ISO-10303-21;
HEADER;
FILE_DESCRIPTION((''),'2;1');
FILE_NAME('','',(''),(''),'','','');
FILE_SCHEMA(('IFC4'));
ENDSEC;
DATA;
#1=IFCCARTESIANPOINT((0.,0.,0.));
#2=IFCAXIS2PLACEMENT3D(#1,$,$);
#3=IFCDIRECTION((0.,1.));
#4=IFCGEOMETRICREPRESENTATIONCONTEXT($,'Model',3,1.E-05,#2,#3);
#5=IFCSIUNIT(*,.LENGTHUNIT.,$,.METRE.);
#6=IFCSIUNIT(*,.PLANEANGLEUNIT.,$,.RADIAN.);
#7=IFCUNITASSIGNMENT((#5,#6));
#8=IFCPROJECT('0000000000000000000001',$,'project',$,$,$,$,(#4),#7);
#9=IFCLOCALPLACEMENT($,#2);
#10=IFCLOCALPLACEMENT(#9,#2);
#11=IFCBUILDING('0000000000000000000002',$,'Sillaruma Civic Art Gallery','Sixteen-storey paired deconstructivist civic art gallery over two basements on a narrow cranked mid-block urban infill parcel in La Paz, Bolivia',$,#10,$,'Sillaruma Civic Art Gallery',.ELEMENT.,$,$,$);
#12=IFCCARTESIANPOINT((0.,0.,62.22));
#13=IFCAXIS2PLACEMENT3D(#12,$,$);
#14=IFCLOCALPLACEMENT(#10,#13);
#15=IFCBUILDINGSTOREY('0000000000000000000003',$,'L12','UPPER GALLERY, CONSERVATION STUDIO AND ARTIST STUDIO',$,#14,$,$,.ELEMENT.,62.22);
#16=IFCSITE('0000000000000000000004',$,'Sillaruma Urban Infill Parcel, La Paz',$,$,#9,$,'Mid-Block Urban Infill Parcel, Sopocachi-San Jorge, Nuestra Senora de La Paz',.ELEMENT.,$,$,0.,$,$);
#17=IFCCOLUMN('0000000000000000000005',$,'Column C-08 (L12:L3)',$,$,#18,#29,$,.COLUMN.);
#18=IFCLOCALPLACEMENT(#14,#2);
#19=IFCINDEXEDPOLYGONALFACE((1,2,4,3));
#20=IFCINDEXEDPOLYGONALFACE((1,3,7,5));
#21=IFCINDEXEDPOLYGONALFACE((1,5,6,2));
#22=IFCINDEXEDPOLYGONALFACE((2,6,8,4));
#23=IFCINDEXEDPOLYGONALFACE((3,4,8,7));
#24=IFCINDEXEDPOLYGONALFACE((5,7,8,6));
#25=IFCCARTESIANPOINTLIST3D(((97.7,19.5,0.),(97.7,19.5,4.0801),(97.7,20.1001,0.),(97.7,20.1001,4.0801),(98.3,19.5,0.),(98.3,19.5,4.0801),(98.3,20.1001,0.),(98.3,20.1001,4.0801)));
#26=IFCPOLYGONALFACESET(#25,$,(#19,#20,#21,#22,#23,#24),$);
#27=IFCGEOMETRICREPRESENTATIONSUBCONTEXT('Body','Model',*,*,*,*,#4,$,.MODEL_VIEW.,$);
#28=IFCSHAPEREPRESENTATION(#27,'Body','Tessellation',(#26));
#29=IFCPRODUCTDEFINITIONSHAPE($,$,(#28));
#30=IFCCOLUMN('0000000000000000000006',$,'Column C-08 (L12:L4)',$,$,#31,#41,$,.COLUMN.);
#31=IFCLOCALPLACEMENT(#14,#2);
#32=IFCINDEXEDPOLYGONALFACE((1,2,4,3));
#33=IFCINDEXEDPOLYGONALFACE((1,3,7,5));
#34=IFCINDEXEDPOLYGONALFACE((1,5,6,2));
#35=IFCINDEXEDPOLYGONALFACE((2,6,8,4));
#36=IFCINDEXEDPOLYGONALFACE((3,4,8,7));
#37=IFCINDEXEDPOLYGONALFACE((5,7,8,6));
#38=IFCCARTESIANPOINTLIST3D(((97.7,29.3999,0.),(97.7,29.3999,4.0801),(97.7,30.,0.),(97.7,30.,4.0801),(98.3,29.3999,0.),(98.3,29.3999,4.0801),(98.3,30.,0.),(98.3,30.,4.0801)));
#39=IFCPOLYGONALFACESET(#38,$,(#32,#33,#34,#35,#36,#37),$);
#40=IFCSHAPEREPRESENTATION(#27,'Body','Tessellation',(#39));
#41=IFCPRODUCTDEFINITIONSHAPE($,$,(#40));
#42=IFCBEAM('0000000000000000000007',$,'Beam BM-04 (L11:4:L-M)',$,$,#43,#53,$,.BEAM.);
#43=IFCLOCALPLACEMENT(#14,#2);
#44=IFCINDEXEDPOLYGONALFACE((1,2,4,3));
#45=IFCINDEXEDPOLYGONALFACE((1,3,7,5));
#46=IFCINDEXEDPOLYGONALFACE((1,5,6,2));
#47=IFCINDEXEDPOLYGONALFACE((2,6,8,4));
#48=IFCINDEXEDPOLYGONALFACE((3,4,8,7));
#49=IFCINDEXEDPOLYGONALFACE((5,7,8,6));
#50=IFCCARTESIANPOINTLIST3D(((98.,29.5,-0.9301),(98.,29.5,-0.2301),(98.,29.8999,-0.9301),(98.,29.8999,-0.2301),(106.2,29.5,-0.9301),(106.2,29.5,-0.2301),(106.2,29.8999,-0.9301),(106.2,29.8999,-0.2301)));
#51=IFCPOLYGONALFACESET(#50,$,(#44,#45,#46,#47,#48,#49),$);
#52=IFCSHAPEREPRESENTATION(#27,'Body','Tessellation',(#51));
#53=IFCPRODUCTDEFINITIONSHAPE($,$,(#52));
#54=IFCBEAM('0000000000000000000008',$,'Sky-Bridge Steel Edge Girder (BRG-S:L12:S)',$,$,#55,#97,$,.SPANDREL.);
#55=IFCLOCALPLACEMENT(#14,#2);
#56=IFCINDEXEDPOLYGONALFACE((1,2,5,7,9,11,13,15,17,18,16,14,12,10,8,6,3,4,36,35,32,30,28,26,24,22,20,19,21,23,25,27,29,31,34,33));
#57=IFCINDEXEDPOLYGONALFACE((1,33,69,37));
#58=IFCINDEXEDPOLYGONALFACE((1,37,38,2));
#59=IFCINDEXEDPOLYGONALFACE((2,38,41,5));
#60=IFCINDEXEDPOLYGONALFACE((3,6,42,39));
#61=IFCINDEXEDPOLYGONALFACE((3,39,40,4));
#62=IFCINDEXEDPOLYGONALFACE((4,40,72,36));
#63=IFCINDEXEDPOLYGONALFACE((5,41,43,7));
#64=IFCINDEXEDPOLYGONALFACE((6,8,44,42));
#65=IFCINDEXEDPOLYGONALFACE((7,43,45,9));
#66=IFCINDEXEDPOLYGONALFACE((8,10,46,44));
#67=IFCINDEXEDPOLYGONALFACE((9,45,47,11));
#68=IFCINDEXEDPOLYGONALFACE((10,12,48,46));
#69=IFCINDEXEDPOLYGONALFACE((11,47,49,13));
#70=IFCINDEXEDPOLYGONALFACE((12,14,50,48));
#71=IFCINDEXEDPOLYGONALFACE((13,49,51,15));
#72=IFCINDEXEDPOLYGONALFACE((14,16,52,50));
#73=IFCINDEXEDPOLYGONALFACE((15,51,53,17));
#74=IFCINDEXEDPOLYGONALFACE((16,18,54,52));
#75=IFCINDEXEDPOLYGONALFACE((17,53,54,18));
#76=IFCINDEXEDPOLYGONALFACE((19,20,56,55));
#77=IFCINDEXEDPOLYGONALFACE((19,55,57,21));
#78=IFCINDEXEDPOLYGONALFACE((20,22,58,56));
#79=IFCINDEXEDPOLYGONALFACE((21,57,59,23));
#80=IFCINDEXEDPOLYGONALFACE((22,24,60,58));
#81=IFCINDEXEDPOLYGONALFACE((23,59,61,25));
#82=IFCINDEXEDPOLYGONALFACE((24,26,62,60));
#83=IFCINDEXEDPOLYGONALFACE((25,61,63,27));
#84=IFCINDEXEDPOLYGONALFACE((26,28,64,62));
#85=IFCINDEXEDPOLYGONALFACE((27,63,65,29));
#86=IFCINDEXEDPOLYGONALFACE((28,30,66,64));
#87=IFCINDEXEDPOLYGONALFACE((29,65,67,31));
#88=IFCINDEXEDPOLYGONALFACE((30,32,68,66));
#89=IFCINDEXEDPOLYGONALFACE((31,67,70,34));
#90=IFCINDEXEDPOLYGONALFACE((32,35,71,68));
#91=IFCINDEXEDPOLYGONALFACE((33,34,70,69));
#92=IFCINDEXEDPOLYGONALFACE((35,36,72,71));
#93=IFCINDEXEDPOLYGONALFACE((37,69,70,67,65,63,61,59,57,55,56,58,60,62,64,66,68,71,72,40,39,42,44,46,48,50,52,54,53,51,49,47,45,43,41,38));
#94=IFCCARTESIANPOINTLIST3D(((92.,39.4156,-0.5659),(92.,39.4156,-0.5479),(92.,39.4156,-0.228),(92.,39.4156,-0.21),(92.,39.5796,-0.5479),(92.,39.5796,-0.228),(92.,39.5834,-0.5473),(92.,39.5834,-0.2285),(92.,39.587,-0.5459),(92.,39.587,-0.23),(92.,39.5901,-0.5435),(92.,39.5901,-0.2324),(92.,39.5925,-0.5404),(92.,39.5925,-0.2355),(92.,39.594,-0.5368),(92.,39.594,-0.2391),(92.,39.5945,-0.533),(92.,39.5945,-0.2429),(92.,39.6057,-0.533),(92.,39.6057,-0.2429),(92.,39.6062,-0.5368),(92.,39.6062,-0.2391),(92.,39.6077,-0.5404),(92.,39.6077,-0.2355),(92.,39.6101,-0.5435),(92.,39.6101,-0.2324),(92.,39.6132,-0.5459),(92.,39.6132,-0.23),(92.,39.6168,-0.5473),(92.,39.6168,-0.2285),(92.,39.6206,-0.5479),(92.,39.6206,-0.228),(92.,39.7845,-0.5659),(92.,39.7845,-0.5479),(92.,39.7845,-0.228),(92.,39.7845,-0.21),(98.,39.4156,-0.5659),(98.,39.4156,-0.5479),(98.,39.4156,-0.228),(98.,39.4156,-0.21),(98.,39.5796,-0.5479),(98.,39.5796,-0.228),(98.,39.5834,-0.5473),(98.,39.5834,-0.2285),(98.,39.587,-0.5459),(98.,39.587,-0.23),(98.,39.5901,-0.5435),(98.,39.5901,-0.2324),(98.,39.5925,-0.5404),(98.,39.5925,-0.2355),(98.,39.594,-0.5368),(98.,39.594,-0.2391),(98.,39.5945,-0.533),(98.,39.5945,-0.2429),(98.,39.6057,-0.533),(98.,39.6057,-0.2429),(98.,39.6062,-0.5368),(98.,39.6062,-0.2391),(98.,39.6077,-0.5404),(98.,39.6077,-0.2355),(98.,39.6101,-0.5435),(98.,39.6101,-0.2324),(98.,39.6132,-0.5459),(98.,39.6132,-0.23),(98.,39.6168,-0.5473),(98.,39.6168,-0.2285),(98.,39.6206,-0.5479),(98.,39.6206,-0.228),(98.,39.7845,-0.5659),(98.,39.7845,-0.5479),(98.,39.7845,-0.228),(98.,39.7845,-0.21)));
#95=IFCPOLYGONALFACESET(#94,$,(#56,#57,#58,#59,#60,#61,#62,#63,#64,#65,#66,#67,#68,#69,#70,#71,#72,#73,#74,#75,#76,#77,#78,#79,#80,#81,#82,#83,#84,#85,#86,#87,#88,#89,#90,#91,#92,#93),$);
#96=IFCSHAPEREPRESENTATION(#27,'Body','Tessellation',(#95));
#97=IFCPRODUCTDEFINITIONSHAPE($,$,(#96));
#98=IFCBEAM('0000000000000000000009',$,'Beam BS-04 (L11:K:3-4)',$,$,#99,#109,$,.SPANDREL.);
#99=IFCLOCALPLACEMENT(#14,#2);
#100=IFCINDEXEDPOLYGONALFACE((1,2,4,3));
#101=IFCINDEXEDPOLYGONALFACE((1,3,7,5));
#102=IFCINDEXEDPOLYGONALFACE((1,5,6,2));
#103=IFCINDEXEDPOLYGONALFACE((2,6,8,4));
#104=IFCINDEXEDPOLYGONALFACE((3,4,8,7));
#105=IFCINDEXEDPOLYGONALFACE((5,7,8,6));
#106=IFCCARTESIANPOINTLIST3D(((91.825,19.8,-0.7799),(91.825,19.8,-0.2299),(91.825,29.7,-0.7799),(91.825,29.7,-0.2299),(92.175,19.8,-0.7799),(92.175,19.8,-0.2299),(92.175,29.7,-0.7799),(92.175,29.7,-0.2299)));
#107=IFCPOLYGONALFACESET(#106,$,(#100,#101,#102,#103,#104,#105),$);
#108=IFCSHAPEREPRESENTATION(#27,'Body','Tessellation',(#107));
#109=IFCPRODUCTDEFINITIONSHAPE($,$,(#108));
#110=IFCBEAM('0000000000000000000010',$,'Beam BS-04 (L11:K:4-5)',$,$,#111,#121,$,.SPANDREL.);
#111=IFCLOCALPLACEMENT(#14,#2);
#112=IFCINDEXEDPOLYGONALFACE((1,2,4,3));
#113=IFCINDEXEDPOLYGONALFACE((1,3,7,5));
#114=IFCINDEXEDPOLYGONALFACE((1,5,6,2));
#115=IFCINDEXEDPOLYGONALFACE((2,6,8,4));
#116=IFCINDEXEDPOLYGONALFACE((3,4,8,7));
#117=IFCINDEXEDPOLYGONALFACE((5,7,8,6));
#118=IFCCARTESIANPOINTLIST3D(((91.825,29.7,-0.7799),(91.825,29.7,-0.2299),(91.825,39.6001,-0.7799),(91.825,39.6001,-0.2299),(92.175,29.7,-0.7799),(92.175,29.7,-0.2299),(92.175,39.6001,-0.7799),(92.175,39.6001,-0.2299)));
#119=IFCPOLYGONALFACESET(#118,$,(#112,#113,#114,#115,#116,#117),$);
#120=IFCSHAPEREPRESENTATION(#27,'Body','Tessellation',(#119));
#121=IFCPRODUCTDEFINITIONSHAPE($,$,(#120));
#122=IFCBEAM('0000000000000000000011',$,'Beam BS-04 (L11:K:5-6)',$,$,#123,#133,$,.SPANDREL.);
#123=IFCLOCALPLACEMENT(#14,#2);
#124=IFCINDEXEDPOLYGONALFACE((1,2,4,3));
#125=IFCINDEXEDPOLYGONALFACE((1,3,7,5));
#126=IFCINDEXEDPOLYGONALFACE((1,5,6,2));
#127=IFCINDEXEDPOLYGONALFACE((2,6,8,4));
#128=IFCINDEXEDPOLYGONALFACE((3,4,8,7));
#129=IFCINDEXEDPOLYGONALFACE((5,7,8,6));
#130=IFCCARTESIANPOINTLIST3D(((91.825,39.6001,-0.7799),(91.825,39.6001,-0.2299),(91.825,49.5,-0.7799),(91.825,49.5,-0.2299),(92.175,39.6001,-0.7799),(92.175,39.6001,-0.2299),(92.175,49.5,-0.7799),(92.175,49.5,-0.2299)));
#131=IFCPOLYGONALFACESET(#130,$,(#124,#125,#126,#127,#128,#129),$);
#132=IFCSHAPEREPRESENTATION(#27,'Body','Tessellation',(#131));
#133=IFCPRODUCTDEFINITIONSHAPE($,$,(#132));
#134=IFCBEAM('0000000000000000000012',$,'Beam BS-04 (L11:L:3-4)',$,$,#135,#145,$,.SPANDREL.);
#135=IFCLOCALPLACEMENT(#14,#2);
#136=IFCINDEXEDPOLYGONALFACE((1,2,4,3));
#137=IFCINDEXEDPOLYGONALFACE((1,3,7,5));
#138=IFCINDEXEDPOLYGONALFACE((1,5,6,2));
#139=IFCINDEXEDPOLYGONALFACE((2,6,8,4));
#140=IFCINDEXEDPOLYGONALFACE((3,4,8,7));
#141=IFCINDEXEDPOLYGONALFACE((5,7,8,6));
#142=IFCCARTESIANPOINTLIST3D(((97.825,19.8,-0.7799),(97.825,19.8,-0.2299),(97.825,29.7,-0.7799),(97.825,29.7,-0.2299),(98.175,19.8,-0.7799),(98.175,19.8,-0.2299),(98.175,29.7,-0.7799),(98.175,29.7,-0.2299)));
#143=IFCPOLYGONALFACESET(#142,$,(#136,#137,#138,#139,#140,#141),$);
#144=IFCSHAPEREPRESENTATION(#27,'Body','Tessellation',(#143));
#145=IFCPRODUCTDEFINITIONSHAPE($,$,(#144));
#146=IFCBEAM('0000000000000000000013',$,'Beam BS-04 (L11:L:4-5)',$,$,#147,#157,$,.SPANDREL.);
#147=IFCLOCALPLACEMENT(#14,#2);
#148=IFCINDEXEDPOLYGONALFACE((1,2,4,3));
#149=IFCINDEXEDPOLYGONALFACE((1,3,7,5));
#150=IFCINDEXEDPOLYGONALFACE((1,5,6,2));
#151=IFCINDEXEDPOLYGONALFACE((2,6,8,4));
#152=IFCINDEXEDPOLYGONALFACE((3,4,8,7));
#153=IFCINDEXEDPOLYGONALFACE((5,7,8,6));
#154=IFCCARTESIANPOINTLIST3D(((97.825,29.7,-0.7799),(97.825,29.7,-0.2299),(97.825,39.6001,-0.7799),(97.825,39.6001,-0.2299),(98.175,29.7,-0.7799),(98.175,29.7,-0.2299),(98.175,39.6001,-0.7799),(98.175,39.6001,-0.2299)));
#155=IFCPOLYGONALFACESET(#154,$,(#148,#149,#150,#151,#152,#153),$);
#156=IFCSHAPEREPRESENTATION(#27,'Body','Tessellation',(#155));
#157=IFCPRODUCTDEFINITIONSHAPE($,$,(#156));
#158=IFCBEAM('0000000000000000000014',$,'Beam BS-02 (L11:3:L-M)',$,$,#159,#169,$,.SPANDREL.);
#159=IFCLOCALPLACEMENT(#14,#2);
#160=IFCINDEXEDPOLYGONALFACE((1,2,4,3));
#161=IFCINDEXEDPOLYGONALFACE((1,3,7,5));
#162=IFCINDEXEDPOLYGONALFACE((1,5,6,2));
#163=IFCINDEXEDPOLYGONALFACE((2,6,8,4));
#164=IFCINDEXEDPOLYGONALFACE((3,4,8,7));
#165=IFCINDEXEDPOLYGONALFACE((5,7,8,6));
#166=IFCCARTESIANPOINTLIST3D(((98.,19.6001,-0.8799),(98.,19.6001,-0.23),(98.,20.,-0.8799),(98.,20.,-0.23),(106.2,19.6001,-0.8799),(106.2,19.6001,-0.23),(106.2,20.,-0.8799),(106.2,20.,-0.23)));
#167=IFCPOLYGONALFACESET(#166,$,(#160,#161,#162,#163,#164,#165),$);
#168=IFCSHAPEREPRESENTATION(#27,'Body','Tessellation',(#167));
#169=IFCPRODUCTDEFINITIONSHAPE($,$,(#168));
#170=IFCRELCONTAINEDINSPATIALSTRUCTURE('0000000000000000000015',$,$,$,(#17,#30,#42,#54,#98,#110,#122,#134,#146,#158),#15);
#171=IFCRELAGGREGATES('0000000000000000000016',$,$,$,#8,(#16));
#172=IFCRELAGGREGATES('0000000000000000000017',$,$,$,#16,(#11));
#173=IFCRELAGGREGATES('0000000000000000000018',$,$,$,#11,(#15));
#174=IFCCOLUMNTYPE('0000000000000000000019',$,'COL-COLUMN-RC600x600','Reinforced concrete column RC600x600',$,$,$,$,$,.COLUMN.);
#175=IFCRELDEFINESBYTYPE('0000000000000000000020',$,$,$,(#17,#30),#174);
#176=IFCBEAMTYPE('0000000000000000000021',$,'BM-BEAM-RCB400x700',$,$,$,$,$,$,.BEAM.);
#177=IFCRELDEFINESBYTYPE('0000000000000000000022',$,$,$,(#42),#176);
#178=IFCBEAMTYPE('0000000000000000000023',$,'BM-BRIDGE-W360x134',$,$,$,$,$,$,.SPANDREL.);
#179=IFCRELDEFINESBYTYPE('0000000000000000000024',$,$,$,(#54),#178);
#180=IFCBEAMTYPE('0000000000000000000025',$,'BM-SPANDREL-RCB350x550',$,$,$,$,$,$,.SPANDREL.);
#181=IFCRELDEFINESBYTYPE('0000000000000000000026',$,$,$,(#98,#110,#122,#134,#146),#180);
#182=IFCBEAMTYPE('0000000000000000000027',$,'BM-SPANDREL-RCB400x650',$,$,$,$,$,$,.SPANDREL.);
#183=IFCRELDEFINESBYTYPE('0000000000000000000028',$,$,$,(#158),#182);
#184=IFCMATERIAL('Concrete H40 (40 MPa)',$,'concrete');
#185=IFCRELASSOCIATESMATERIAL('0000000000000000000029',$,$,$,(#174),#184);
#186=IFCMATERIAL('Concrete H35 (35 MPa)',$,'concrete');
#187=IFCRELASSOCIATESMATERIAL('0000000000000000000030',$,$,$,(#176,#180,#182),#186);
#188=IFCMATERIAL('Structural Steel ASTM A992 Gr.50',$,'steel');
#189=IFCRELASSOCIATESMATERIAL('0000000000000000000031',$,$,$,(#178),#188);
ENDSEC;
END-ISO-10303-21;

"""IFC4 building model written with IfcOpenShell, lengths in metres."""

from ifc_helpers import new_model, si_unit, direction, frame, origin, origin_2d, place, context, subcontext, project, spatial, rectangle, i_section, extrude, material, material_profile, profile_set, type_object, element, save


model = new_model("IFC4")

# Units and contexts
model_context = context("Model", 3, precision=1e-05, world=origin(), true_north=direction((0.0, 1.0)))
body_context = subcontext(model_context, "Body", "Model", "MODEL_VIEW")
ifc_project = project(units=[si_unit("LENGTHUNIT", "METRE"), si_unit("PLANEANGLEUNIT", "RADIAN")], contexts=[model_context])

# Site, building, storey
site_placement = place(None, origin())
site = spatial("IfcSite", under=ifc_project, at=site_placement, Name="Sillaruma Urban Infill Parcel, La Paz", LongName="Mid-Block Urban Infill Parcel, Sopocachi-San Jorge, Nuestra Senora de La Paz", CompositionType="ELEMENT", RefElevation=0.0)
building_placement = place(site_placement, origin())
building = spatial("IfcBuilding", under=site, at=building_placement, Name="Sillaruma Civic Art Gallery", Description="Sixteen-storey paired deconstructivist civic art gallery over two basements on a narrow cranked mid-block urban infill parcel in La Paz, Bolivia", LongName="Sillaruma Civic Art Gallery", CompositionType="ELEMENT")
storey_placement = place(building_placement, frame((0.0, 0.0, 62.22)))
storey = spatial("IfcBuildingStorey", under=building, at=storey_placement, Name="L12", Description="UPPER GALLERY, CONSERVATION STUDIO AND ARTIST STUDIO", CompositionType="ELEMENT", Elevation=62.22)

# Columns
ifc_material_1 = material(Name="Concrete H40 (40 MPa)", Category="concrete")
ifc_material_profile_1 = material_profile(ifc_material_1, rectangle(XDim=0.6001, YDim=0.6001, at=origin_2d()), Name="RC600x600")
ifc_profile_set_1 = profile_set([ifc_material_profile_1], Name="Concrete H40 (40 MPa)")
column_type = type_object("IfcColumnType", Name="COL-COLUMN-RC600x600", Description="Reinforced concrete column RC600x600", PredefinedType="COLUMN", material=ifc_profile_set_1)
for number, where, z_axis, x_axis, name in (
    (1, (98.0, 19.8, 0.0), (0.0, 0.0, 1.0), (1.0, 0.0, 0.0), "Column C-08 (L12:L3)"),
    (2, (98.0, 29.7, 0.0), (0.0, 0.0, 1.0), (1.0, 0.0, 0.0), "Column C-08 (L12:L4)"),
):
    element("IfcColumn", number, at=place(storey_placement, frame(where, z_axis=z_axis, x_axis=x_axis)), inside=storey, type_object=column_type, Name=name, PredefinedType="COLUMN", context=body_context, shape_type="SweptSolid", body=[
        extrude(rectangle(XDim=0.6001, YDim=0.6001, at=origin_2d()), origin(), (0.0, 0.0, 1.0), 4.0801),
    ])

# Beams
ifc_material_2 = material(Name="Concrete H35 (35 MPa)", Category="concrete")
ifc_material_profile_2 = material_profile(ifc_material_2, rectangle(XDim=0.3999, YDim=0.7, at=origin_2d()), Name="RCB400x700")
ifc_profile_set_2 = profile_set([ifc_material_profile_2], Name="Concrete H35 (35 MPa)")
beam_type_1 = type_object("IfcBeamType", Name="BM-BEAM-RCB400x700", PredefinedType="BEAM", material=ifc_profile_set_2)
beam_1_placement = place(storey_placement, frame((98.0, 29.7, -0.5801), z_axis=(1.0, 0.0, 0.0), x_axis=(0.0, 1.0, 0.0)))
element("IfcBeam", 3, at=beam_1_placement, inside=storey, type_object=beam_type_1, Name="Beam BM-04 (L11:4:L-M)", PredefinedType="BEAM", context=body_context, shape_type="SweptSolid", body=[
    extrude(rectangle(XDim=0.3999, YDim=0.7, at=origin_2d()), origin(), (0.0, 0.0, 1.0), 8.2),
])
ifc_material_3 = material(Name="Structural Steel ASTM A992 Gr.50", Category="steel")
ifc_material_profile_3 = material_profile(ifc_material_3, i_section(OverallWidth=0.3689, OverallDepth=0.356, WebThickness=0.0112, FlangeThickness=0.0181, FilletRadius=0.0149, at=origin_2d()), Name="W360x134")
ifc_profile_set_3 = profile_set([ifc_material_profile_3], Name="Structural Steel ASTM A992 Gr.50")
beam_type_2 = type_object("IfcBeamType", Name="BM-BRIDGE-W360x134", PredefinedType="SPANDREL", material=ifc_profile_set_3)
beam_2_placement = place(storey_placement, frame((92.0, 39.6001, -0.3879), z_axis=(1.0, 0.0, 0.0), x_axis=(0.0, 1.0, 0.0)))
element("IfcBeam", 4, at=beam_2_placement, inside=storey, type_object=beam_type_2, Name="Sky-Bridge Steel Edge Girder (BRG-S:L12:S)", PredefinedType="SPANDREL", context=body_context, shape_type="SweptSolid", body=[
    extrude(i_section(OverallWidth=0.3689, OverallDepth=0.356, WebThickness=0.0112, FlangeThickness=0.0181, FilletRadius=0.0149, at=origin_2d()), origin(), (0.0, 0.0, 1.0), 6.0),
])
ifc_material_profile_4 = material_profile(ifc_material_2, rectangle(XDim=0.3501, YDim=0.55, at=origin_2d()), Name="RCB350x550")
ifc_profile_set_4 = profile_set([ifc_material_profile_4], Name="Concrete H35 (35 MPa)")
beam_type_3 = type_object("IfcBeamType", Name="BM-SPANDREL-RCB350x550", PredefinedType="SPANDREL", material=ifc_profile_set_4)
beam_3_placement = place(storey_placement, frame((92.0, 19.8, -0.5049), z_axis=(0.0, 1.0, 0.0), x_axis=(-1.0, 0.0, 0.0)))
element("IfcBeam", 5, at=beam_3_placement, inside=storey, type_object=beam_type_3, Name="Beam BS-04 (L11:K:3-4)", PredefinedType="SPANDREL", context=body_context, shape_type="SweptSolid", body=[
    extrude(rectangle(XDim=0.3501, YDim=0.55, at=origin_2d()), origin(), (0.0, 0.0, 1.0), 9.8999),
])
beam_4_placement = place(storey_placement, frame((92.0, 29.7, -0.5049), z_axis=(0.0, 1.0, 0.0), x_axis=(-1.0, 0.0, 0.0)))
element("IfcBeam", 6, at=beam_4_placement, inside=storey, type_object=beam_type_3, Name="Beam BS-04 (L11:K:4-5)", PredefinedType="SPANDREL", context=body_context, shape_type="SweptSolid", body=[
    extrude(rectangle(XDim=0.3501, YDim=0.55, at=origin_2d()), origin(), (0.0, 0.0, 1.0), 9.9001),
])
for number, where, z_axis, x_axis, name in (
    (7, (92.0, 39.6001, -0.5049), (0.0, 1.0, 0.0), (-1.0, 0.0, 0.0), "Beam BS-04 (L11:K:5-6)"),
    (8, (98.0, 19.8, -0.5049), (0.0, 1.0, 0.0), (-1.0, 0.0, 0.0), "Beam BS-04 (L11:L:3-4)"),
):
    element("IfcBeam", number, at=place(storey_placement, frame(where, z_axis=z_axis, x_axis=x_axis)), inside=storey, type_object=beam_type_3, Name=name, PredefinedType="SPANDREL", context=body_context, shape_type="SweptSolid", body=[
        extrude(rectangle(XDim=0.3501, YDim=0.55, at=origin_2d()), origin(), (0.0, 0.0, 1.0), 9.8999),
    ])
beam_5_placement = place(storey_placement, frame((98.0, 29.7, -0.5049), z_axis=(0.0, 1.0, 0.0), x_axis=(-1.0, 0.0, 0.0)))
element("IfcBeam", 9, at=beam_5_placement, inside=storey, type_object=beam_type_3, Name="Beam BS-04 (L11:L:4-5)", PredefinedType="SPANDREL", context=body_context, shape_type="SweptSolid", body=[
    extrude(rectangle(XDim=0.3501, YDim=0.55, at=origin_2d()), origin(), (0.0, 0.0, 1.0), 9.9001),
])
ifc_material_profile_5 = material_profile(ifc_material_2, rectangle(XDim=0.3999, YDim=0.6499, at=origin_2d()), Name="RCB400x650")
ifc_profile_set_5 = profile_set([ifc_material_profile_5], Name="Concrete H35 (35 MPa)")
beam_type_4 = type_object("IfcBeamType", Name="BM-SPANDREL-RCB400x650", PredefinedType="SPANDREL", material=ifc_profile_set_5)
beam_6_placement = place(storey_placement, frame((98.0, 19.8, -0.5549), z_axis=(1.0, 0.0, 0.0), x_axis=(0.0, 1.0, 0.0)))
element("IfcBeam", 10, at=beam_6_placement, inside=storey, type_object=beam_type_4, Name="Beam BS-02 (L11:3:L-M)", PredefinedType="SPANDREL", context=body_context, shape_type="SweptSolid", body=[
    extrude(rectangle(XDim=0.3999, YDim=0.6499, at=origin_2d()), origin(), (0.0, 0.0, 1.0), 8.2),
])

save(model, "model.ifc")
